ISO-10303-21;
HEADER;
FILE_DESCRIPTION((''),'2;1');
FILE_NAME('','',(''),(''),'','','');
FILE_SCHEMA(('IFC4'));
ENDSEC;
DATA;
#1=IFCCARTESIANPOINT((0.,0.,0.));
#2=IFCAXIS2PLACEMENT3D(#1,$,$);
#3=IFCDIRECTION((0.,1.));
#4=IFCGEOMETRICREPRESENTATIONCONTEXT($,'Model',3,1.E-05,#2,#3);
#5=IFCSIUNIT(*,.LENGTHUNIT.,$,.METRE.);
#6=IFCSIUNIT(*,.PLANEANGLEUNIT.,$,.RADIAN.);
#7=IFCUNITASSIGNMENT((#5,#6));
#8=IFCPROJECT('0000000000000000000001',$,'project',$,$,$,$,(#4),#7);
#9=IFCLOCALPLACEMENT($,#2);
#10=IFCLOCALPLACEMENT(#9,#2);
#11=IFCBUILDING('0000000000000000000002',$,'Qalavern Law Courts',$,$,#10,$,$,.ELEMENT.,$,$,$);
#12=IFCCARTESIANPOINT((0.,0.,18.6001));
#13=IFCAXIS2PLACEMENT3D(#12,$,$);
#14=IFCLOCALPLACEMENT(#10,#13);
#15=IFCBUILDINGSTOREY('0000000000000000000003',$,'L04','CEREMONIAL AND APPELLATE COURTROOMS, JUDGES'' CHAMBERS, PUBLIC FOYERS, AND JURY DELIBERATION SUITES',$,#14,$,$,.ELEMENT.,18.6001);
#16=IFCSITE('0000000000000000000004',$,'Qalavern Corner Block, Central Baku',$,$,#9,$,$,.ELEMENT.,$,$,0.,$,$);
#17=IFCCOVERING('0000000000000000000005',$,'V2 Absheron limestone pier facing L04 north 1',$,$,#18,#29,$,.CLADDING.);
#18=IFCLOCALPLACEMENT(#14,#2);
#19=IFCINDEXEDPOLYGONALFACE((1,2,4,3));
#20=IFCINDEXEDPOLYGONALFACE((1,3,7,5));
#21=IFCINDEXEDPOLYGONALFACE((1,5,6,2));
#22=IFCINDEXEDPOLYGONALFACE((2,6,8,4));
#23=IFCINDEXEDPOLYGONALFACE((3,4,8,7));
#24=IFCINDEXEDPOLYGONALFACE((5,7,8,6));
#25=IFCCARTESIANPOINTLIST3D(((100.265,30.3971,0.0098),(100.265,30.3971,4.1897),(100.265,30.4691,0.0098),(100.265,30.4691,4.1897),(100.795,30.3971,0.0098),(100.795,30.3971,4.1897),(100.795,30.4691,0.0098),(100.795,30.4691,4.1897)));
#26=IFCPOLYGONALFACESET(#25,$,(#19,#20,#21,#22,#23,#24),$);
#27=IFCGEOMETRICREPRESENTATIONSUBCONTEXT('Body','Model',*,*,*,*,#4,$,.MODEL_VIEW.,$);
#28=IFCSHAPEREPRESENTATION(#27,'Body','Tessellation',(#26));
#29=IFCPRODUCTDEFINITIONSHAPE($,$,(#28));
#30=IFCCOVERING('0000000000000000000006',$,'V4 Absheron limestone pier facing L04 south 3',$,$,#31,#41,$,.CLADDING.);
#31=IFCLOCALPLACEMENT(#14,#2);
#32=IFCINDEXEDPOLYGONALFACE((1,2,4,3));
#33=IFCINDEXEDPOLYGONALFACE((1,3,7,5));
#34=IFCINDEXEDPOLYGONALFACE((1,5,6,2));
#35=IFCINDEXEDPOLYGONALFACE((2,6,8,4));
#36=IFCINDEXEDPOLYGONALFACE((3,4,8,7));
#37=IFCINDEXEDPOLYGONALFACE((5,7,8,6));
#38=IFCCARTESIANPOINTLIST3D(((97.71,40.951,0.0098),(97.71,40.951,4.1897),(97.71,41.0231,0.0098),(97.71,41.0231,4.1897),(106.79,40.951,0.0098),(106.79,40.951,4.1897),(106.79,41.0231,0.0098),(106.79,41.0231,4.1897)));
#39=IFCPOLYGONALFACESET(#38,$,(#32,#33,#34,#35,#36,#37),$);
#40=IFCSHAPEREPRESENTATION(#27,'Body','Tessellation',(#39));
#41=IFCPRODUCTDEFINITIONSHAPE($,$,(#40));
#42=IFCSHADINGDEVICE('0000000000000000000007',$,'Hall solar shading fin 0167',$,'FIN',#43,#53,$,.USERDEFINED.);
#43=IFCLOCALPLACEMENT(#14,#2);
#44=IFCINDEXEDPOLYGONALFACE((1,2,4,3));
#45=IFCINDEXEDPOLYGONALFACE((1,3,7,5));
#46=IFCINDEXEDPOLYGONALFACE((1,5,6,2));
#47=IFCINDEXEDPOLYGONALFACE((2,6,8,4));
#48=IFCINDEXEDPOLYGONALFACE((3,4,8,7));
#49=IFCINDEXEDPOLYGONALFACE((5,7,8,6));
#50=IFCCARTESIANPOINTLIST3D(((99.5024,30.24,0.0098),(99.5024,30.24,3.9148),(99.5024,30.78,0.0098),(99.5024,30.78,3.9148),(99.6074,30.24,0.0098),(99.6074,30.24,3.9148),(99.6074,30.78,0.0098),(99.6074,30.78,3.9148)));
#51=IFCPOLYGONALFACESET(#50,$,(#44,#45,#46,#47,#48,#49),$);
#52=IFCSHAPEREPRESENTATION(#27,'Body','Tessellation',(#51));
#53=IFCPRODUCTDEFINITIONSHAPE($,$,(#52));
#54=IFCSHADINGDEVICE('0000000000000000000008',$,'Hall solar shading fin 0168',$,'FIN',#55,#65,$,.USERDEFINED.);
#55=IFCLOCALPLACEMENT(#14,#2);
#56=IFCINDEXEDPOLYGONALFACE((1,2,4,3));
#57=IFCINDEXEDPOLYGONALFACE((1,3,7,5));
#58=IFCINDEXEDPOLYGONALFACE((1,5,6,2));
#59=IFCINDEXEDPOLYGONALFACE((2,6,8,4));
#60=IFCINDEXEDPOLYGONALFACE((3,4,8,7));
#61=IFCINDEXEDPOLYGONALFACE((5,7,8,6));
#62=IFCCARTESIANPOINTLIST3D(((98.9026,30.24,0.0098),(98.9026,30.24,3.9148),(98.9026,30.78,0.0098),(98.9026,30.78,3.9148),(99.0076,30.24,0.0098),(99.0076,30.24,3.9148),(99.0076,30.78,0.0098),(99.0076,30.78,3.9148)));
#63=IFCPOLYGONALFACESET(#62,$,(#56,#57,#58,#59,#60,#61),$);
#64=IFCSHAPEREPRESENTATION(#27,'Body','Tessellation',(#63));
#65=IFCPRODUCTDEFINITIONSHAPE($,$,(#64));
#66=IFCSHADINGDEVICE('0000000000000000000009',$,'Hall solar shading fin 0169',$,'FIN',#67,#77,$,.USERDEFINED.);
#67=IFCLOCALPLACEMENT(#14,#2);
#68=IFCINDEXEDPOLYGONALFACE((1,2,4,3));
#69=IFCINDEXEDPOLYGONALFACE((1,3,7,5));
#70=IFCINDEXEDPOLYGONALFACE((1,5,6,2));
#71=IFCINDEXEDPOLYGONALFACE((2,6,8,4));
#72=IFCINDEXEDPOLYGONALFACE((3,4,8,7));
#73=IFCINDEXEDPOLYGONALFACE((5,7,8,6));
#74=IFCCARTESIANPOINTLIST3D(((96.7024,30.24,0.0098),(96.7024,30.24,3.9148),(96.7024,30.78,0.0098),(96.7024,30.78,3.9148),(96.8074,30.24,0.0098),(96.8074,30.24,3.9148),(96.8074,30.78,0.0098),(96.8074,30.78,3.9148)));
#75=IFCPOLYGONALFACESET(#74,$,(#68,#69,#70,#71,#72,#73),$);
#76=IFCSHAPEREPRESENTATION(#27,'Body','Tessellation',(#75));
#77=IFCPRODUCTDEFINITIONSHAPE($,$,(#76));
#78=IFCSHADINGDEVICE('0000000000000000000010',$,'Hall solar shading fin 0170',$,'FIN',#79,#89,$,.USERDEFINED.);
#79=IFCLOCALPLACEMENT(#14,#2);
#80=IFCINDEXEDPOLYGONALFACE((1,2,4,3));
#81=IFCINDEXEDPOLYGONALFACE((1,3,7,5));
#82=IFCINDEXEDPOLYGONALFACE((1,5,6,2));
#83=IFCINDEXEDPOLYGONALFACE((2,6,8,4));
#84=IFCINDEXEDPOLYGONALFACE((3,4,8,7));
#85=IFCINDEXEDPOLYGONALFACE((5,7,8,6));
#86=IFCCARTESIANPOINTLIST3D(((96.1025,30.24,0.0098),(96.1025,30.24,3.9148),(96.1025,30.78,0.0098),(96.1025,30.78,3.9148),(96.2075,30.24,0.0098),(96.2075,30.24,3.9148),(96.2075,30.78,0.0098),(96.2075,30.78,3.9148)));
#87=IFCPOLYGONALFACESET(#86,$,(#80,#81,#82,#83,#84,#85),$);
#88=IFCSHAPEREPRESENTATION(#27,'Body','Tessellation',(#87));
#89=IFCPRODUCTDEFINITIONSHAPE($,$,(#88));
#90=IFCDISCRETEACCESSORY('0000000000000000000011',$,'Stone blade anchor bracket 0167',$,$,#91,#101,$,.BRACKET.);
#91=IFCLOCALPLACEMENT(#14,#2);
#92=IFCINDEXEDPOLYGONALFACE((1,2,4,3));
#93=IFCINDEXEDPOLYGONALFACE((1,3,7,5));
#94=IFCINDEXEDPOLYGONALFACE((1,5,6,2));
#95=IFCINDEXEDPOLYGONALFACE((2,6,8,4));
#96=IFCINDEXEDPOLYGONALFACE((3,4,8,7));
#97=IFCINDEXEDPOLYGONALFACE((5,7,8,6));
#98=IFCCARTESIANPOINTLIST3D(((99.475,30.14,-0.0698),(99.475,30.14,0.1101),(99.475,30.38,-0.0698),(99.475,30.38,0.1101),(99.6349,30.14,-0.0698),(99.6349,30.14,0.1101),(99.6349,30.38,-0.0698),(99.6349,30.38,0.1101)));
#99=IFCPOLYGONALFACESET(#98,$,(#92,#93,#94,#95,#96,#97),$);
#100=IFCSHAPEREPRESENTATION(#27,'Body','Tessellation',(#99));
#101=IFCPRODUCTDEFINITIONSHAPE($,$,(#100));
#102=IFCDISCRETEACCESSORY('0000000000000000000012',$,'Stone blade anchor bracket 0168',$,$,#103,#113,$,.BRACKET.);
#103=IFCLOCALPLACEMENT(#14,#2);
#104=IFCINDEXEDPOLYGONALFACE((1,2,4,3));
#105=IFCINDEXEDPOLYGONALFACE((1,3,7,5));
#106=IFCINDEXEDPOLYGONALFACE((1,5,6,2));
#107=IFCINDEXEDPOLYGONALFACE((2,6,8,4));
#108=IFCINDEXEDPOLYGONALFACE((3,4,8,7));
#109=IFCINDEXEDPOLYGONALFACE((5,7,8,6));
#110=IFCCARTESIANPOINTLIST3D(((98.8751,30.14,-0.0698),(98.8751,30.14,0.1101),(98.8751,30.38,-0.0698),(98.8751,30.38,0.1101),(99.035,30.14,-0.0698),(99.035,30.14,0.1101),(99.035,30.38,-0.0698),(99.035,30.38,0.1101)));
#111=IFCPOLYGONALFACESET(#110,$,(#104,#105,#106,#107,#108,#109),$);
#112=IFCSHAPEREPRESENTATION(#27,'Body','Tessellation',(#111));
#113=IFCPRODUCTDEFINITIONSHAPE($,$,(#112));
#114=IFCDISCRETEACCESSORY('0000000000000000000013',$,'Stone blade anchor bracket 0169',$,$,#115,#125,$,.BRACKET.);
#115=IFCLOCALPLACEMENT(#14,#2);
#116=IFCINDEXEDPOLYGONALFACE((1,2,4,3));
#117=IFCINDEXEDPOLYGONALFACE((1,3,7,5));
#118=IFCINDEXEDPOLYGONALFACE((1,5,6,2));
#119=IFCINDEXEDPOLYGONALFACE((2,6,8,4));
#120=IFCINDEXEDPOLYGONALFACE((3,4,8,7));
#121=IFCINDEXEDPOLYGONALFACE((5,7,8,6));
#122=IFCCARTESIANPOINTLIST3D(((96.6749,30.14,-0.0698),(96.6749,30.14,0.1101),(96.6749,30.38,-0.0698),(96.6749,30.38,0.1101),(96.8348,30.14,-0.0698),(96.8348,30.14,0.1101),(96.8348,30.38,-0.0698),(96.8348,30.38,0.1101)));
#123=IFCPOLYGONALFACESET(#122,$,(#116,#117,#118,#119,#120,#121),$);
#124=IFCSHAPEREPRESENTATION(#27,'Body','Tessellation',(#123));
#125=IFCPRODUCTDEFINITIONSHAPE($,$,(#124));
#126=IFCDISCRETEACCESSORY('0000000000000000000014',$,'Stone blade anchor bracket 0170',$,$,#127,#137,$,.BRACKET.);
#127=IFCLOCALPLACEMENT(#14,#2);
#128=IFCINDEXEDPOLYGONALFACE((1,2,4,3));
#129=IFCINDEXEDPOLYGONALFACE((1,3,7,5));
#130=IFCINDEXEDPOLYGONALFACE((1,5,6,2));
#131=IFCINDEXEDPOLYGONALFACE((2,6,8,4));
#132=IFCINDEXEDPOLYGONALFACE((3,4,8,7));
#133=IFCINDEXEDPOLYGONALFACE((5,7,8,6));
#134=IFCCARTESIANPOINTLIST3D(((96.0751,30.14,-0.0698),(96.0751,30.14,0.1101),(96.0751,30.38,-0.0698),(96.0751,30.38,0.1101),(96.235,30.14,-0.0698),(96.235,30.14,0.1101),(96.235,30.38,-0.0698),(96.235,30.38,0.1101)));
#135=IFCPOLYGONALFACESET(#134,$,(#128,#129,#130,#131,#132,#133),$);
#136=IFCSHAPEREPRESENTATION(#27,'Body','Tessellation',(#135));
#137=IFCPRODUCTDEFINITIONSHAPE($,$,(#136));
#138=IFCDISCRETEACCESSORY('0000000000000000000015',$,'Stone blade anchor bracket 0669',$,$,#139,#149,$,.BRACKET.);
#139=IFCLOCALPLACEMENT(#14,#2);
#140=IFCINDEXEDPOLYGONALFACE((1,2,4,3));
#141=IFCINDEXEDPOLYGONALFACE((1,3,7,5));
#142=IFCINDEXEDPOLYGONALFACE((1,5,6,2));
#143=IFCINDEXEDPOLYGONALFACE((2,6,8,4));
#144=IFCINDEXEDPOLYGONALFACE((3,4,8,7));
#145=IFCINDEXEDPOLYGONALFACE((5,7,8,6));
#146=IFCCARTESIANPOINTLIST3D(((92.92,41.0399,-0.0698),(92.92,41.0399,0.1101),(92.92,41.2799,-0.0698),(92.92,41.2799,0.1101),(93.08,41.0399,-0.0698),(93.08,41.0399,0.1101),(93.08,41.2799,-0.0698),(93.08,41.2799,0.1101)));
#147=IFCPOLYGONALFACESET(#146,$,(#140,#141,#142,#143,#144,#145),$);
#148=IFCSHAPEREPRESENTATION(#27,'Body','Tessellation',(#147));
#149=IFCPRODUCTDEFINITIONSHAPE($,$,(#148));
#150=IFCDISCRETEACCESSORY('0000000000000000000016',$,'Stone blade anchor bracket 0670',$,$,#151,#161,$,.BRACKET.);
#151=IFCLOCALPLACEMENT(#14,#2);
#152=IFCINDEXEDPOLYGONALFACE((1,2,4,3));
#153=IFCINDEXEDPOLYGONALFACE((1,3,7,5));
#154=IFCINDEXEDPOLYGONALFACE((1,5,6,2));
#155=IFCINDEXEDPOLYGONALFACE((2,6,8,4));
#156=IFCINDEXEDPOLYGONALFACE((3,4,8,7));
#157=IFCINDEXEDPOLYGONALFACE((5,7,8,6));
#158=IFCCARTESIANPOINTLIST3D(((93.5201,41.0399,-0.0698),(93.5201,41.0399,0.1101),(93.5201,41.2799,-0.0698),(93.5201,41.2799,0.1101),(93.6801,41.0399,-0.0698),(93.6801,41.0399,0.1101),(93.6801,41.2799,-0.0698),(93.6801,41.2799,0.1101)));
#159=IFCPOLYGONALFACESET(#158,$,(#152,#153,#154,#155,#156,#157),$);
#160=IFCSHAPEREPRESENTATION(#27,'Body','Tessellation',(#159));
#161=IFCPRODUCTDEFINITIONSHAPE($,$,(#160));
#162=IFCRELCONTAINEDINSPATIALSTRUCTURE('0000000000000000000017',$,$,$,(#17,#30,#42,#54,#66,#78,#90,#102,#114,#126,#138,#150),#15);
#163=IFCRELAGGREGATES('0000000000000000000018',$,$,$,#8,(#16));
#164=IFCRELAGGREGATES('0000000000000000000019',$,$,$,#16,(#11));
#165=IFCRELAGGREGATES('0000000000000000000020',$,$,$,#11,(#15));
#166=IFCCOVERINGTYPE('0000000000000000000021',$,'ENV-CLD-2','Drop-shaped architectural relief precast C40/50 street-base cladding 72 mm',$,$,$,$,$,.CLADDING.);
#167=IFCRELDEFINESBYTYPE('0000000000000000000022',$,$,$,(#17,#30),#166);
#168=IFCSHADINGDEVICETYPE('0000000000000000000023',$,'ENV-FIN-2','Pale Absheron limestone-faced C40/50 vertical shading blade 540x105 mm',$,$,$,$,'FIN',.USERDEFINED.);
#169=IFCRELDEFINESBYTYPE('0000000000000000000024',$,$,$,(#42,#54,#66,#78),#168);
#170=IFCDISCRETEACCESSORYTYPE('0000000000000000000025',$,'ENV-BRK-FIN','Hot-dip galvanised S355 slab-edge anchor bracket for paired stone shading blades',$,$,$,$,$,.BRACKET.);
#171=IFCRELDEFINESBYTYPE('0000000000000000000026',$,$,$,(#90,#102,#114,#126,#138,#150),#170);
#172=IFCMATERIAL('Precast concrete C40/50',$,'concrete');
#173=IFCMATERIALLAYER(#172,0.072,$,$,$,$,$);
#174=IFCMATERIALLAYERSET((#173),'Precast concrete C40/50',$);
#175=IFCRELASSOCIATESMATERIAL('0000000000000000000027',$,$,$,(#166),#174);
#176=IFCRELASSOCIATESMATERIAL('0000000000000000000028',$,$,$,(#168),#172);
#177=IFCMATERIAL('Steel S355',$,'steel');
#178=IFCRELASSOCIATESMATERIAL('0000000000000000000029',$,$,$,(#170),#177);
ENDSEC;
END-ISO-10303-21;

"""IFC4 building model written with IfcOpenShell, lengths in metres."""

from ifc_helpers import new_model, si_unit, direction, frame, origin, origin_2d, place, context, subcontext, project, spatial, rectangle, extrude, material, layer, layer_set, type_object, element, save


model = new_model("IFC4")

# Units and contexts
model_context = context("Model", 3, precision=1e-05, world=origin(), true_north=direction((0.0, 1.0)))
body_context = subcontext(model_context, "Body", "Model", "MODEL_VIEW")
ifc_project = project(units=[si_unit("LENGTHUNIT", "METRE"), si_unit("PLANEANGLEUNIT", "RADIAN")], contexts=[model_context])

# Site, building, storey
site_placement = place(None, origin())
site = spatial("IfcSite", under=ifc_project, at=site_placement, Name="Qalavern Corner Block, Central Baku", CompositionType="ELEMENT", RefElevation=0.0)
building_placement = place(site_placement, origin())
building = spatial("IfcBuilding", under=site, at=building_placement, Name="Qalavern Law Courts", CompositionType="ELEMENT")
storey_placement = place(building_placement, frame((0.0, 0.0, 18.6001)))
storey = spatial("IfcBuildingStorey", under=building, at=storey_placement, Name="L04", Description="CEREMONIAL AND APPELLATE COURTROOMS, JUDGES' CHAMBERS, PUBLIC FOYERS, AND JURY DELIBERATION SUITES", CompositionType="ELEMENT", Elevation=18.6001)

# Coverings
ifc_material_1 = material(Name="Precast concrete C40/50", Category="concrete")
ifc_layer_1 = layer(ifc_material_1, 0.072)
ifc_layer_set_1 = layer_set([ifc_layer_1], Name="Precast concrete C40/50")
covering_type_1 = type_object("IfcCoveringType", Name="ENV-CLD-2", Description="Drop-shaped architectural relief precast C40/50 street-base cladding 72 mm", PredefinedType="CLADDING", material=ifc_layer_set_1)
covering_1_placement = place(storey_placement, frame((100.53, 30.4331, 0.0098), z_axis=(0.0, 0.0, 1.0), x_axis=(-1.0, 0.0, 0.0)))
element("IfcCovering", 1, at=covering_1_placement, inside=storey, type_object=covering_type_1, Name="V2 Absheron limestone pier facing L04 north 1", PredefinedType="CLADDING", context=body_context, shape_type="SweptSolid", body=[
    extrude(rectangle(XDim=0.53, YDim=0.072, at=origin_2d()), origin(), (0.0, 0.0, 1.0), 4.1799),
])
covering_2_placement = place(storey_placement, frame((102.25, 40.9871, 0.0098), z_axis=(0.0, 0.0, 1.0), x_axis=(1.0, 0.0, 0.0)))
element("IfcCovering", 2, at=covering_2_placement, inside=storey, type_object=covering_type_1, Name="V4 Absheron limestone pier facing L04 south 3", PredefinedType="CLADDING", context=body_context, shape_type="SweptSolid", body=[
    extrude(rectangle(XDim=9.0801, YDim=0.072, at=origin_2d()), origin(), (0.0, 0.0, 1.0), 4.1799),
])

# Shading devices
shading_device_type = type_object("IfcShadingDeviceType", Name="ENV-FIN-2", Description="Pale Absheron limestone-faced C40/50 vertical shading blade 540x105 mm", ElementType="FIN", PredefinedType="USERDEFINED", material=ifc_material_1)
for number, where, z_axis, x_axis, name in (
    (3, (99.5549, 30.51, 0.0098), (0.0, 0.0, 1.0), (0.0, 1.0, 0.0), "Hall solar shading fin 0167"),
    (4, (98.9551, 30.51, 0.0098), (0.0, 0.0, 1.0), (0.0, 1.0, 0.0), "Hall solar shading fin 0168"),
    (5, (96.7549, 30.51, 0.0098), (0.0, 0.0, 1.0), (0.0, 1.0, 0.0), "Hall solar shading fin 0169"),
    (6, (96.155, 30.51, 0.0098), (0.0, 0.0, 1.0), (0.0, 1.0, 0.0), "Hall solar shading fin 0170"),
):
    element("IfcShadingDevice", number, at=place(storey_placement, frame(where, z_axis=z_axis, x_axis=x_axis)), inside=storey, type_object=shading_device_type, Name=name, ObjectType="FIN", PredefinedType="USERDEFINED", context=body_context, shape_type="SweptSolid", body=[
        extrude(rectangle(XDim=0.54, YDim=0.105, at=origin_2d()), origin(), (0.0, 0.0, 1.0), 3.905),
    ])

# Discrete accessories
ifc_material_2 = material(Name="Steel S355", Category="steel")
discrete_accessory_type = type_object("IfcDiscreteAccessoryType", Name="ENV-BRK-FIN", Description="Hot-dip galvanised S355 slab-edge anchor bracket for paired stone shading blades", PredefinedType="BRACKET", material=ifc_material_2)
for number, where, z_axis, x_axis, name in (
    (7, (99.5549, 30.26, -0.0698), (0.0, 0.0, 1.0), (0.0, 1.0, 0.0), "Stone blade anchor bracket 0167"),
    (8, (98.9551, 30.26, -0.0698), (0.0, 0.0, 1.0), (0.0, 1.0, 0.0), "Stone blade anchor bracket 0168"),
    (9, (96.7549, 30.26, -0.0698), (0.0, 0.0, 1.0), (0.0, 1.0, 0.0), "Stone blade anchor bracket 0169"),
    (10, (96.155, 30.26, -0.0698), (0.0, 0.0, 1.0), (0.0, 1.0, 0.0), "Stone blade anchor bracket 0170"),
    (11, (93.0, 41.1599, -0.0698), (0.0, 0.0, 1.0), (0.0, -1.0, 0.0), "Stone blade anchor bracket 0669"),
    (12, (93.6001, 41.1599, -0.0698), (0.0, 0.0, 1.0), (0.0, -1.0, 0.0), "Stone blade anchor bracket 0670"),
):
    element("IfcDiscreteAccessory", number, at=place(storey_placement, frame(where, z_axis=z_axis, x_axis=x_axis)), inside=storey, type_object=discrete_accessory_type, Name=name, PredefinedType="BRACKET", context=body_context, shape_type="SweptSolid", body=[
        extrude(rectangle(XDim=0.24, YDim=0.1599, at=origin_2d()), origin(), (0.0, 0.0, 1.0), 0.1799),
    ])

save(model, "model.ifc")
